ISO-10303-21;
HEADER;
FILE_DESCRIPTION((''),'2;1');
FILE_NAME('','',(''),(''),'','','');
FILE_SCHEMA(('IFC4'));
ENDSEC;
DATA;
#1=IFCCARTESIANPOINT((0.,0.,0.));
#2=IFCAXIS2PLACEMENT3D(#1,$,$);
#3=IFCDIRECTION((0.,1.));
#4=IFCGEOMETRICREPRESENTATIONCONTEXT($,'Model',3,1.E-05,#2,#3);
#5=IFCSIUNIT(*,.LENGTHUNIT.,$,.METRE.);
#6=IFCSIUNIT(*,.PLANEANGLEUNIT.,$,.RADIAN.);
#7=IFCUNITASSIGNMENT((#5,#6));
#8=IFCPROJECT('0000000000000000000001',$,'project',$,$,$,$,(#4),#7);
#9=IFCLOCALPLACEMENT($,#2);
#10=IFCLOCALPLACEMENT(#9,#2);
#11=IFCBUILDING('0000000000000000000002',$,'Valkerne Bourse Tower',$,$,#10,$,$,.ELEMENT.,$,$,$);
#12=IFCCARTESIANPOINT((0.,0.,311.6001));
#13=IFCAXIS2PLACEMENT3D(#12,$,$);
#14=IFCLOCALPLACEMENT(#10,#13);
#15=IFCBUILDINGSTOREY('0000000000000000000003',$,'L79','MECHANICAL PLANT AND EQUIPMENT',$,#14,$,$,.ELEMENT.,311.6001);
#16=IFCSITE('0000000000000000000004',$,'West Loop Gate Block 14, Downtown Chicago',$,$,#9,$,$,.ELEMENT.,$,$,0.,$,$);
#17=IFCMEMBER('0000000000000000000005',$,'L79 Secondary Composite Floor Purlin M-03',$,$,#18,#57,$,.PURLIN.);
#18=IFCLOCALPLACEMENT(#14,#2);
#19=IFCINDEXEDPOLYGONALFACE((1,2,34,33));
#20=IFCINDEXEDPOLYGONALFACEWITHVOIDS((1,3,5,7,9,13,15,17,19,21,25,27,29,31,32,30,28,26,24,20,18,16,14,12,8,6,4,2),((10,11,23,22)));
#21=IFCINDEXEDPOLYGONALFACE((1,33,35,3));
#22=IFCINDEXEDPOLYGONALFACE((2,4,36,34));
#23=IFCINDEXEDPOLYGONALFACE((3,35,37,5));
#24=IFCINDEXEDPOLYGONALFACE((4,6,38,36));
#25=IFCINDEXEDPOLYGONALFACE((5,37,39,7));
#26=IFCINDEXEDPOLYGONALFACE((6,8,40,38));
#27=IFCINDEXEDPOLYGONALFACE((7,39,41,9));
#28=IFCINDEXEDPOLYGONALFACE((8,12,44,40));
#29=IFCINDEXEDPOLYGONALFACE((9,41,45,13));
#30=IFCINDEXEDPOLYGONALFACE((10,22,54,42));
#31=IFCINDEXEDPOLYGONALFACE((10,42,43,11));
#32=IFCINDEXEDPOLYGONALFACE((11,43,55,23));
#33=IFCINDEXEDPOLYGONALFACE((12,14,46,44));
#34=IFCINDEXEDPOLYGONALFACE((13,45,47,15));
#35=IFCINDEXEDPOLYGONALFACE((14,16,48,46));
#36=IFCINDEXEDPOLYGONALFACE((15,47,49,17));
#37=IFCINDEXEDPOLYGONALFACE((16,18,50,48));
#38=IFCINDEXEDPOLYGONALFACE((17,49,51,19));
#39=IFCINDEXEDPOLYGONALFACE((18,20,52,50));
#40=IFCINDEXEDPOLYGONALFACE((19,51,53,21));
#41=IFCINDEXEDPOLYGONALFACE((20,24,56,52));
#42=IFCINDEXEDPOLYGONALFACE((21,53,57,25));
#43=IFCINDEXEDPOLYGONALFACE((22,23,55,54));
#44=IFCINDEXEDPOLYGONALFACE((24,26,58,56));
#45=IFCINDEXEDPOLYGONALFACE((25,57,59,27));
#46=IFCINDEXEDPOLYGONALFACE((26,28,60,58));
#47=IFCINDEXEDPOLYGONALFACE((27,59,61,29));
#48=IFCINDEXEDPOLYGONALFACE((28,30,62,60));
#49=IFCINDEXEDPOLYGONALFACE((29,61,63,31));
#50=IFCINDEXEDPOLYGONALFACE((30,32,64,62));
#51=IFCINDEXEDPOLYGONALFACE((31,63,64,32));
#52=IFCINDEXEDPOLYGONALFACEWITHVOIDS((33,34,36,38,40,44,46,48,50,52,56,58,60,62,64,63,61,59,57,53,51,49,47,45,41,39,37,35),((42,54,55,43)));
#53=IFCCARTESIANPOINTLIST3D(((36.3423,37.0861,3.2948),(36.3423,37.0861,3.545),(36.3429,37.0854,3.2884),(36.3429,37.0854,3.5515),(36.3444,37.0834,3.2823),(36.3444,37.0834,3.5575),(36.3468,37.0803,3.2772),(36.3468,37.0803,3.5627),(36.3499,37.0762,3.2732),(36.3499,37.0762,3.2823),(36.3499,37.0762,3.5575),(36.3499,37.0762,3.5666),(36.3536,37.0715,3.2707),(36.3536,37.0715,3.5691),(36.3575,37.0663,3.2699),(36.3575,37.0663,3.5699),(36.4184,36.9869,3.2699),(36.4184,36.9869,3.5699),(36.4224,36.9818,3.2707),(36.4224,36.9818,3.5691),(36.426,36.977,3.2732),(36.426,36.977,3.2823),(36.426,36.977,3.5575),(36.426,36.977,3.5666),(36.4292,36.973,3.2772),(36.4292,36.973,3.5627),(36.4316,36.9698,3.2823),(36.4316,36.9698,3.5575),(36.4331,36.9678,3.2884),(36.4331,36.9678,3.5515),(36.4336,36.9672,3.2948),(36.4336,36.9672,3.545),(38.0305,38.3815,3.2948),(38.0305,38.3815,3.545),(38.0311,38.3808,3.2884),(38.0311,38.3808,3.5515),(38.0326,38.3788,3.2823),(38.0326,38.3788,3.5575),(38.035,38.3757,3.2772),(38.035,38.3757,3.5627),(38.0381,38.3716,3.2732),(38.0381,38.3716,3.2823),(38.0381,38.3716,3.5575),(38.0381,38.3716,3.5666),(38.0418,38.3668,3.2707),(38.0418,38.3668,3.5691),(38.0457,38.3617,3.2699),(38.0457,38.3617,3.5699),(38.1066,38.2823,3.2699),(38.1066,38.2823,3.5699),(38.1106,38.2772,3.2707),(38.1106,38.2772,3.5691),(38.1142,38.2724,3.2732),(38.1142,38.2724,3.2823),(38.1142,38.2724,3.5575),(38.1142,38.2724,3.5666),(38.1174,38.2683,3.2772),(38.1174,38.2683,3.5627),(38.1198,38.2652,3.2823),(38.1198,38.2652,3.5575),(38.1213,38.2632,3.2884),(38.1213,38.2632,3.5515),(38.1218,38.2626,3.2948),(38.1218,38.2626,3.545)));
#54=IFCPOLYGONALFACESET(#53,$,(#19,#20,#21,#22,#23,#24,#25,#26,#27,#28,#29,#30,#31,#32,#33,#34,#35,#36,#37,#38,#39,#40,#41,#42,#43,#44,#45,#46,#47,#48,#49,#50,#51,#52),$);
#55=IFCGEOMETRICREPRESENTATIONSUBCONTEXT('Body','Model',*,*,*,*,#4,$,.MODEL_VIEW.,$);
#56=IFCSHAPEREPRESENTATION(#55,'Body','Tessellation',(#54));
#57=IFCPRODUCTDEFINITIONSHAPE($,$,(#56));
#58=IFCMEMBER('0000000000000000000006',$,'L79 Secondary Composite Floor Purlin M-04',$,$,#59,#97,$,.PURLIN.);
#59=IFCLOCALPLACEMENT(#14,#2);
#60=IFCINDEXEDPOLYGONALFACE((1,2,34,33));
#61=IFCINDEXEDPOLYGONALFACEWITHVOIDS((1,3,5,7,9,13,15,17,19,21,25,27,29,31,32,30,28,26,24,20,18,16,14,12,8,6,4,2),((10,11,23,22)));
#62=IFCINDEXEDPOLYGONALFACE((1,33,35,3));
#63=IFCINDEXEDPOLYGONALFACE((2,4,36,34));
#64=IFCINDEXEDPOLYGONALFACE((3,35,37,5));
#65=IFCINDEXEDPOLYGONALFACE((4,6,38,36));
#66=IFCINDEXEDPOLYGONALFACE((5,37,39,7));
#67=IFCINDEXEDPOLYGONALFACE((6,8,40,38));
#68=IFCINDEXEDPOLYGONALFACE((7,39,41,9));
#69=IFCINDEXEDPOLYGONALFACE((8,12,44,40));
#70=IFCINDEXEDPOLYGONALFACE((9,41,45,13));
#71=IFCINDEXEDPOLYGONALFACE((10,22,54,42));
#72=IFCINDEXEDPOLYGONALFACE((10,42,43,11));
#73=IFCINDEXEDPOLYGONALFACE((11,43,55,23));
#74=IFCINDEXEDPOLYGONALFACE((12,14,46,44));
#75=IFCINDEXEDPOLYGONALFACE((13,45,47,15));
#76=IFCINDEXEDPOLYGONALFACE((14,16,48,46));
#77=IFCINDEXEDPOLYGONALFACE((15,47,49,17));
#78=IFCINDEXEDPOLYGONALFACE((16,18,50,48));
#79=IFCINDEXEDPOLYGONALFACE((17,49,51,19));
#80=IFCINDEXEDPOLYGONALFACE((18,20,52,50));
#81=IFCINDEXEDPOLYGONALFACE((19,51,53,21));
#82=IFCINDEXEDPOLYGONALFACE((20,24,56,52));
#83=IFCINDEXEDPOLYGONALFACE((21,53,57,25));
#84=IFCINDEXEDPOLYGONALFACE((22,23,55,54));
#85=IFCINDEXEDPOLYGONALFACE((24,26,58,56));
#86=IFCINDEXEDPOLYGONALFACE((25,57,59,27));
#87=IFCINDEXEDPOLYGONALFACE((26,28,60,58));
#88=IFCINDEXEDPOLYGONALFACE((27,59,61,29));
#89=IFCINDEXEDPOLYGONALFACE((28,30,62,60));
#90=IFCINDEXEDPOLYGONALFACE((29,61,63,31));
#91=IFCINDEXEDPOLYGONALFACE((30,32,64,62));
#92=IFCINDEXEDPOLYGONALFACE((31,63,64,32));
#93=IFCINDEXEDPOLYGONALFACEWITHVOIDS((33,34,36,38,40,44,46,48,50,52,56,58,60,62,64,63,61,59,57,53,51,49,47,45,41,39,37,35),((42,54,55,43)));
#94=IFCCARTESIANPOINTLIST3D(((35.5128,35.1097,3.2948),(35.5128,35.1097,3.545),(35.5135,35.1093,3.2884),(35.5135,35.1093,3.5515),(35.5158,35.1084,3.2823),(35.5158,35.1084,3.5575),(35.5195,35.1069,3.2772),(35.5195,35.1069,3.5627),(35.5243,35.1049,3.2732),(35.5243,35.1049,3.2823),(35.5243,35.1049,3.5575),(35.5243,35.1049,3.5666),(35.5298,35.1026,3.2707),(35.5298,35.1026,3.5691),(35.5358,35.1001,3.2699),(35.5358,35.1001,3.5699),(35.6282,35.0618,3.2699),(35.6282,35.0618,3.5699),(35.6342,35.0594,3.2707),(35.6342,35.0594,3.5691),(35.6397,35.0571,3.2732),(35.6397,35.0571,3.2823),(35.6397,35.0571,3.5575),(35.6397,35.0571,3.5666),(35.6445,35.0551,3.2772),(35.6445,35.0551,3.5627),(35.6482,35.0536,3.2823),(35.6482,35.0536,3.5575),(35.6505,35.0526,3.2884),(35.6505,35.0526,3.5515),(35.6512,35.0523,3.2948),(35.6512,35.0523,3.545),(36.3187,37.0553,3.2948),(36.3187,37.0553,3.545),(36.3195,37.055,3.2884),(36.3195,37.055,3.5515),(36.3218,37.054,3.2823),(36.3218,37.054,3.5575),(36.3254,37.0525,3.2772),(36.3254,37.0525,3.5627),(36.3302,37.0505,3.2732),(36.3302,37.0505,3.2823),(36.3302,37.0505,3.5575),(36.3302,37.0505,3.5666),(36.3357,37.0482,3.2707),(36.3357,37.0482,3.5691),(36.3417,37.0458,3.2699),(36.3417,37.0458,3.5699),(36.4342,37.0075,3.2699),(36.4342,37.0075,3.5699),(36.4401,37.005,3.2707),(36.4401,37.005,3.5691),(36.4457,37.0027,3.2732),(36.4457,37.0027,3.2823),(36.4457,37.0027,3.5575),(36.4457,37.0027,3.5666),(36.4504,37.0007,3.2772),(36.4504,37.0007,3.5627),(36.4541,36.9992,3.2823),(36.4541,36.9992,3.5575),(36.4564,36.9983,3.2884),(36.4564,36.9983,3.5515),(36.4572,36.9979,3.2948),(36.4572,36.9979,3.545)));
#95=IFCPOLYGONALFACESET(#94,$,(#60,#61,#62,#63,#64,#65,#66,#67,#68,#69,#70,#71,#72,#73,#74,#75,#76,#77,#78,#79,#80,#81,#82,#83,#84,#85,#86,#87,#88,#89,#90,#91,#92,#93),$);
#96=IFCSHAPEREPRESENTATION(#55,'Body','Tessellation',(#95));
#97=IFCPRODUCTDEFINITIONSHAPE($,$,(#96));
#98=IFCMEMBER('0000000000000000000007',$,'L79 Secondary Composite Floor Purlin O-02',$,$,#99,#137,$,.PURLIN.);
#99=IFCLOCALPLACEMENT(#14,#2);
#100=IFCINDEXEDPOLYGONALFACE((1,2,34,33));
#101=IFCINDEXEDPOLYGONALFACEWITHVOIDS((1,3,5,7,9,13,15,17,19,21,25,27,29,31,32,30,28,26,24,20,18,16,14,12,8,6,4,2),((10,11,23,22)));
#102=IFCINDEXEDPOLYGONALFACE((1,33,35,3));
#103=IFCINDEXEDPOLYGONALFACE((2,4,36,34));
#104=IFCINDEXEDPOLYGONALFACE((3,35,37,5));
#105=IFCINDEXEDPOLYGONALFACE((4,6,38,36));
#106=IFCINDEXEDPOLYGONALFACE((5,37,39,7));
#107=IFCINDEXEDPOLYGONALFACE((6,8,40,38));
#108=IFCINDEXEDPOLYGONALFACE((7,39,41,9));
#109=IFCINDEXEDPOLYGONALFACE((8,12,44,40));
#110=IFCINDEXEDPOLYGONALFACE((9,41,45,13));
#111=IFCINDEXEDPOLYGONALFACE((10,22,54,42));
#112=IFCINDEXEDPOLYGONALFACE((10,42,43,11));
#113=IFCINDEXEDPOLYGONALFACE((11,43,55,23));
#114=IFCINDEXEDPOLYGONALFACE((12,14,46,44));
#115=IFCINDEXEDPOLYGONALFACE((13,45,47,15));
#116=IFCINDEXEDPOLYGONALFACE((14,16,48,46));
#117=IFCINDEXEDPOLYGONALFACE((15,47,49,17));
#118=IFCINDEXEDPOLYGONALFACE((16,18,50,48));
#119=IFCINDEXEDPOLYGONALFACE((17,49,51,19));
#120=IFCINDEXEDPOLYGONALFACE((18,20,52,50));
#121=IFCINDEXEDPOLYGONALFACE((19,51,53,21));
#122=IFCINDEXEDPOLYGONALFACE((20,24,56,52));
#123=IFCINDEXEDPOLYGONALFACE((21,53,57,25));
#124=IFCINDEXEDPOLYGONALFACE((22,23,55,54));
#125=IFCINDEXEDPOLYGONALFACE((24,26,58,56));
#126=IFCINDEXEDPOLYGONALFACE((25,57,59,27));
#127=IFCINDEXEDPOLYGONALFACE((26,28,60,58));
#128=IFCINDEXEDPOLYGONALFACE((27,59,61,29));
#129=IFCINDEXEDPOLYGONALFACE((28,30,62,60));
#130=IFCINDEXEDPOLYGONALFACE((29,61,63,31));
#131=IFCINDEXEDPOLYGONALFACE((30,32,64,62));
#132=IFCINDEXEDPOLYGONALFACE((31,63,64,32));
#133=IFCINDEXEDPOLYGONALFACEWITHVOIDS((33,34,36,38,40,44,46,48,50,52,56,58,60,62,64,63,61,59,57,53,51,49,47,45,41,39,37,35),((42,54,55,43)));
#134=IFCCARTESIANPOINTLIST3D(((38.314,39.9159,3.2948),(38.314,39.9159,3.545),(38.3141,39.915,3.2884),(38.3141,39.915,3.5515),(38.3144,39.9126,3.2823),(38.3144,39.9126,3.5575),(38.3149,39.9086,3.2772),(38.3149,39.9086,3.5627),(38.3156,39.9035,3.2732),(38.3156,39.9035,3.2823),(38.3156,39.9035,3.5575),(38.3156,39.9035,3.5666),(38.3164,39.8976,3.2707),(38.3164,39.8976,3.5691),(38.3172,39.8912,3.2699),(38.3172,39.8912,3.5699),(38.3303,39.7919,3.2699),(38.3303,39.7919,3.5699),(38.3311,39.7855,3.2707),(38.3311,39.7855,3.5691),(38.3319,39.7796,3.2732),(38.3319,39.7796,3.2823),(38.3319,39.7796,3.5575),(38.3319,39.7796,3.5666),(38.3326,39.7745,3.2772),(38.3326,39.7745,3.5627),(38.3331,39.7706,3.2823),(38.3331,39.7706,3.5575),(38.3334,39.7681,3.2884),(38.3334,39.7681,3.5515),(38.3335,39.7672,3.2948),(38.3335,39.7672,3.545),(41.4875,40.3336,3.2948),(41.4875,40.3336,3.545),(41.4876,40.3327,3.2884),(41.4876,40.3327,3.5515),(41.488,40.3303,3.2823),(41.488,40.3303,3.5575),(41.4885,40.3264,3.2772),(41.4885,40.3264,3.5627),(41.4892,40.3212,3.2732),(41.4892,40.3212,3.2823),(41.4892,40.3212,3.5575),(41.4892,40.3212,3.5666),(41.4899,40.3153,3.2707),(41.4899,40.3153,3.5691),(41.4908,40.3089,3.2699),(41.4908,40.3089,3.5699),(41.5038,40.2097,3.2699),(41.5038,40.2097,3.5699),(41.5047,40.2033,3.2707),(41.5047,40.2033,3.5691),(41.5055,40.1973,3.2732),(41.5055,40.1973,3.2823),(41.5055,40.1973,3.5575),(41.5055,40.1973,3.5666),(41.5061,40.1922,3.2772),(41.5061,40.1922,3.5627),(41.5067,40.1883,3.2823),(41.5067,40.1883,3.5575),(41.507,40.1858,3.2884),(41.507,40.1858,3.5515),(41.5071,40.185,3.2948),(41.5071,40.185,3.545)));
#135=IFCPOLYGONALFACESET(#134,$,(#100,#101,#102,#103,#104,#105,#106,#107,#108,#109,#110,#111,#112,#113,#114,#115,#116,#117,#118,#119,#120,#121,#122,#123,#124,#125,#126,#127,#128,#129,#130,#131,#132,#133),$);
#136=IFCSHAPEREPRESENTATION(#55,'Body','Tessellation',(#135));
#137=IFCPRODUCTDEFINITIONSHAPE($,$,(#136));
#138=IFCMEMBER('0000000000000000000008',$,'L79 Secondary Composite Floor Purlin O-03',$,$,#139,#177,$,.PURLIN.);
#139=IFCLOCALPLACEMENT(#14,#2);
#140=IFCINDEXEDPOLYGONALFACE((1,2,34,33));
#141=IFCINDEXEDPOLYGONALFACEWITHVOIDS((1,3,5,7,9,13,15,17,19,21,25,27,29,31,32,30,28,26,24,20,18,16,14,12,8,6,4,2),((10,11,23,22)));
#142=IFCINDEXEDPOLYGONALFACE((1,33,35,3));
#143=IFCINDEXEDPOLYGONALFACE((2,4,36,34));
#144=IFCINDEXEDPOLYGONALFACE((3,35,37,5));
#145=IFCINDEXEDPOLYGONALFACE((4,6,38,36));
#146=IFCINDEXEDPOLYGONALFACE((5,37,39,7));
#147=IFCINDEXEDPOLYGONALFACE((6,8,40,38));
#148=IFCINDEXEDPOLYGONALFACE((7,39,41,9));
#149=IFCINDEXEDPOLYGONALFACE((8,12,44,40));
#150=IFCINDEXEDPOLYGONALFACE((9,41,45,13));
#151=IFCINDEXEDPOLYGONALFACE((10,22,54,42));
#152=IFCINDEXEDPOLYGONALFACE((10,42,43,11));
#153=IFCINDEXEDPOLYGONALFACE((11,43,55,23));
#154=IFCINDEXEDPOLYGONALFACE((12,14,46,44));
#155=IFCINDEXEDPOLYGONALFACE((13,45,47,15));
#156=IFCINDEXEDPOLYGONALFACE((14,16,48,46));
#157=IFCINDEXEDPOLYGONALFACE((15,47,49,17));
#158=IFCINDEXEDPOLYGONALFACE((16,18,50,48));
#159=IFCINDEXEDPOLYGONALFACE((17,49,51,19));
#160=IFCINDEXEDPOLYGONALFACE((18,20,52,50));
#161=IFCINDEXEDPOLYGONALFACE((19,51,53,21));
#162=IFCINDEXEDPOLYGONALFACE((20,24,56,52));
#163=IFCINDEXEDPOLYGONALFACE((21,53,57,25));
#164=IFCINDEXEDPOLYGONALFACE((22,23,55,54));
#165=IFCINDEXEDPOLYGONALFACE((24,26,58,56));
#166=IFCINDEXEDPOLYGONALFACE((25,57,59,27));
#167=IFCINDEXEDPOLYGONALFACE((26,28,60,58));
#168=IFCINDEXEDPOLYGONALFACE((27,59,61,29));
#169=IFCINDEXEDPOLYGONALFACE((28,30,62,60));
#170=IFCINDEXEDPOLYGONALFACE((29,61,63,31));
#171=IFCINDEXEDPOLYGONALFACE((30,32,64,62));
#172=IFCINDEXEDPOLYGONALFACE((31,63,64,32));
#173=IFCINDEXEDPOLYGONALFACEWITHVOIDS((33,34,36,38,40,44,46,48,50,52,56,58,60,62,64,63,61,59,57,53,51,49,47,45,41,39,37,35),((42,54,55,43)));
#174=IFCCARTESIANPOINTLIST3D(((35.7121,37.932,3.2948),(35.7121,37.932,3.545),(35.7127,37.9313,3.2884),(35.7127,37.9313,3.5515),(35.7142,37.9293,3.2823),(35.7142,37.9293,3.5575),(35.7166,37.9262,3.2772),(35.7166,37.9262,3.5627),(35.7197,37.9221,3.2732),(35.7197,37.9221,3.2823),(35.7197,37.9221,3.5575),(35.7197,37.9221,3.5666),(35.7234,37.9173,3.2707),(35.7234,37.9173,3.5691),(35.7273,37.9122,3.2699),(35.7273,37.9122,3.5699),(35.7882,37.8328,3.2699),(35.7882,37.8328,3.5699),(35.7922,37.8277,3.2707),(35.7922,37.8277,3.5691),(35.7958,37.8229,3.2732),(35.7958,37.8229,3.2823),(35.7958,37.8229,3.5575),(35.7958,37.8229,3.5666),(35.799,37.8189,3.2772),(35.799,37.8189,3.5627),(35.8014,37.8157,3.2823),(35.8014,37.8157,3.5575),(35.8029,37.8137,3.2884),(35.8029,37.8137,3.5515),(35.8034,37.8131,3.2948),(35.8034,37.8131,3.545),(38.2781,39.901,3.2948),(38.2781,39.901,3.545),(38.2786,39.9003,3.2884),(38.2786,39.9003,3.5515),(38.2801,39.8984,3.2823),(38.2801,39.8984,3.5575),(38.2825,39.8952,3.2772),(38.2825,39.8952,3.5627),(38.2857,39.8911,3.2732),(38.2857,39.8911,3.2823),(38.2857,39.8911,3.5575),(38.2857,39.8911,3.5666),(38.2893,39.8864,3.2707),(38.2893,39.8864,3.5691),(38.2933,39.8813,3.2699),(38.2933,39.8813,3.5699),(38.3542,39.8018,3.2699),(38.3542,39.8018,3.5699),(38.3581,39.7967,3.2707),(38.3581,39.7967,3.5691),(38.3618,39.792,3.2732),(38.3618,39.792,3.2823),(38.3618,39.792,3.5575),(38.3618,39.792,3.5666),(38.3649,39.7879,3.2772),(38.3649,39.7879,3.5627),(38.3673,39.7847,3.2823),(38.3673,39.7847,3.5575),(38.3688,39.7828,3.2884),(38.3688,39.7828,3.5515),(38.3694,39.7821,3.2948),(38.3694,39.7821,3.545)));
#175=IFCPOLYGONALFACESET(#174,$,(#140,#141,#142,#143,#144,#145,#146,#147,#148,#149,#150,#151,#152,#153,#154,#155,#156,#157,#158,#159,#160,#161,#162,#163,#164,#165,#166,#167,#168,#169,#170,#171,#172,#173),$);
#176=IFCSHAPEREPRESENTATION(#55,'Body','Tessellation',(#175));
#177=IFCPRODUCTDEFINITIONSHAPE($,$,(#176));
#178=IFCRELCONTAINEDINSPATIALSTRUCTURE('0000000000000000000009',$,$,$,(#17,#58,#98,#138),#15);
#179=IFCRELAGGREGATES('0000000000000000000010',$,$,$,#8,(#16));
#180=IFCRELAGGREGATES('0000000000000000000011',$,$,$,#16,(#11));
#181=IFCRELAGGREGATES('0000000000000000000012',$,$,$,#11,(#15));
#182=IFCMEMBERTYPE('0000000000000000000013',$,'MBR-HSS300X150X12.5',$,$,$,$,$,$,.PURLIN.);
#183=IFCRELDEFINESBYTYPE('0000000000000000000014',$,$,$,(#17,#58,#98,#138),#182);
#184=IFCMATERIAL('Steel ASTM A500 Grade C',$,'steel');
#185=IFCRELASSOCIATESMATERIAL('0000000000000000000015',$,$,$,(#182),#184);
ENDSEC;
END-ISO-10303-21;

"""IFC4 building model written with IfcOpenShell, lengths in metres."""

from ifc_helpers import new_model, si_unit, direction, frame, origin, origin_2d, place, context, subcontext, project, spatial, hollow_rectangle, extrude, material, material_profile, profile_set, type_object, element, save


model = new_model("IFC4")

# Units and contexts
model_context = context("Model", 3, precision=1e-05, world=origin(), true_north=direction((0.0, 1.0)))
body_context = subcontext(model_context, "Body", "Model", "MODEL_VIEW")
ifc_project = project(units=[si_unit("LENGTHUNIT", "METRE"), si_unit("PLANEANGLEUNIT", "RADIAN")], contexts=[model_context])

# Site, building, storey
site_placement = place(None, origin())
site = spatial("IfcSite", under=ifc_project, at=site_placement, Name="West Loop Gate Block 14, Downtown Chicago", CompositionType="ELEMENT", RefElevation=0.0)
building_placement = place(site_placement, origin())
building = spatial("IfcBuilding", under=site, at=building_placement, Name="Valkerne Bourse Tower", CompositionType="ELEMENT")
storey_placement = place(building_placement, frame((0.0, 0.0, 311.6001)))
storey = spatial("IfcBuildingStorey", under=building, at=storey_placement, Name="L79", Description="MECHANICAL PLANT AND EQUIPMENT", CompositionType="ELEMENT", Elevation=311.6001)

# Shared definitions
ifc_material_1 = material(Name="Steel ASTM A500 Grade C", Category="steel")

# Members
ifc_material_profile_1 = material_profile(ifc_material_1, hollow_rectangle(XDim=0.1499, YDim=0.3, WallThickness=0.0125, OuterFilletRadius=0.0249, at=origin_2d()), Name="HSS300X150X12.5")
ifc_profile_set_1 = profile_set([ifc_material_profile_1], Name="Steel ASTM A500 Grade C")
member_type_1 = type_object("IfcMemberType", Name="MBR-HSS300X150X12.5", PredefinedType="PURLIN", material=ifc_profile_set_1)
member_1_placement = place(storey_placement, frame((38.0762, 38.322, 3.4199), z_axis=(-0.793357, -0.608757, 0.0), x_axis=(0.608757, -0.793357, 0.0)))
element("IfcMember", 1, at=member_1_placement, inside=storey, type_object=member_type_1, Name="L79 Secondary Composite Floor Purlin M-03", PredefinedType="PURLIN", context=body_context, shape_type="SweptSolid", body=[
    extrude(hollow_rectangle(XDim=0.1499, YDim=0.3, WallThickness=0.0125, OuterFilletRadius=0.0249, at=origin_2d()), origin(), (0.0, 0.0, 1.0), 2.1279),
])
member_2_placement = place(storey_placement, frame((36.3879, 37.0266, 3.4199), z_axis=(-0.382697, -0.923874, 0.0), x_axis=(0.923874, -0.382697, 0.0)))
element("IfcMember", 2, at=member_2_placement, inside=storey, type_object=member_type_1, Name="L79 Secondary Composite Floor Purlin M-04", PredefinedType="PURLIN", context=body_context, shape_type="SweptSolid", body=[
    extrude(hollow_rectangle(XDim=0.1499, YDim=0.3, WallThickness=0.0125, OuterFilletRadius=0.0249, at=origin_2d()), origin(), (0.0, 0.0, 1.0), 2.106),
])
member_3_placement = place(storey_placement, frame((41.4973, 40.2593, 3.4199), z_axis=(-0.991448, -0.1305, 0.0), x_axis=(0.1305, -0.991448, 0.0)))
element("IfcMember", 3, at=member_3_placement, inside=storey, type_object=member_type_1, Name="L79 Secondary Composite Floor Purlin O-02", PredefinedType="PURLIN", context=body_context, shape_type="SweptSolid", body=[
    extrude(hollow_rectangle(XDim=0.1499, YDim=0.3, WallThickness=0.0125, OuterFilletRadius=0.0249, at=origin_2d()), origin(), (0.0, 0.0, 1.0), 3.2009),
])
member_4_placement = place(storey_placement, frame((38.3237, 39.8416, 3.4199), z_axis=(-0.793339, -0.60878, 0.0), x_axis=(0.60878, -0.793339, 0.0)))
element("IfcMember", 4, at=member_4_placement, inside=storey, type_object=member_type_1, Name="L79 Secondary Composite Floor Purlin O-03", PredefinedType="PURLIN", context=body_context, shape_type="SweptSolid", body=[
    extrude(hollow_rectangle(XDim=0.1499, YDim=0.3, WallThickness=0.0125, OuterFilletRadius=0.0249, at=origin_2d()), origin(), (0.0, 0.0, 1.0), 3.2344),
])

save(model, "model.ifc")
